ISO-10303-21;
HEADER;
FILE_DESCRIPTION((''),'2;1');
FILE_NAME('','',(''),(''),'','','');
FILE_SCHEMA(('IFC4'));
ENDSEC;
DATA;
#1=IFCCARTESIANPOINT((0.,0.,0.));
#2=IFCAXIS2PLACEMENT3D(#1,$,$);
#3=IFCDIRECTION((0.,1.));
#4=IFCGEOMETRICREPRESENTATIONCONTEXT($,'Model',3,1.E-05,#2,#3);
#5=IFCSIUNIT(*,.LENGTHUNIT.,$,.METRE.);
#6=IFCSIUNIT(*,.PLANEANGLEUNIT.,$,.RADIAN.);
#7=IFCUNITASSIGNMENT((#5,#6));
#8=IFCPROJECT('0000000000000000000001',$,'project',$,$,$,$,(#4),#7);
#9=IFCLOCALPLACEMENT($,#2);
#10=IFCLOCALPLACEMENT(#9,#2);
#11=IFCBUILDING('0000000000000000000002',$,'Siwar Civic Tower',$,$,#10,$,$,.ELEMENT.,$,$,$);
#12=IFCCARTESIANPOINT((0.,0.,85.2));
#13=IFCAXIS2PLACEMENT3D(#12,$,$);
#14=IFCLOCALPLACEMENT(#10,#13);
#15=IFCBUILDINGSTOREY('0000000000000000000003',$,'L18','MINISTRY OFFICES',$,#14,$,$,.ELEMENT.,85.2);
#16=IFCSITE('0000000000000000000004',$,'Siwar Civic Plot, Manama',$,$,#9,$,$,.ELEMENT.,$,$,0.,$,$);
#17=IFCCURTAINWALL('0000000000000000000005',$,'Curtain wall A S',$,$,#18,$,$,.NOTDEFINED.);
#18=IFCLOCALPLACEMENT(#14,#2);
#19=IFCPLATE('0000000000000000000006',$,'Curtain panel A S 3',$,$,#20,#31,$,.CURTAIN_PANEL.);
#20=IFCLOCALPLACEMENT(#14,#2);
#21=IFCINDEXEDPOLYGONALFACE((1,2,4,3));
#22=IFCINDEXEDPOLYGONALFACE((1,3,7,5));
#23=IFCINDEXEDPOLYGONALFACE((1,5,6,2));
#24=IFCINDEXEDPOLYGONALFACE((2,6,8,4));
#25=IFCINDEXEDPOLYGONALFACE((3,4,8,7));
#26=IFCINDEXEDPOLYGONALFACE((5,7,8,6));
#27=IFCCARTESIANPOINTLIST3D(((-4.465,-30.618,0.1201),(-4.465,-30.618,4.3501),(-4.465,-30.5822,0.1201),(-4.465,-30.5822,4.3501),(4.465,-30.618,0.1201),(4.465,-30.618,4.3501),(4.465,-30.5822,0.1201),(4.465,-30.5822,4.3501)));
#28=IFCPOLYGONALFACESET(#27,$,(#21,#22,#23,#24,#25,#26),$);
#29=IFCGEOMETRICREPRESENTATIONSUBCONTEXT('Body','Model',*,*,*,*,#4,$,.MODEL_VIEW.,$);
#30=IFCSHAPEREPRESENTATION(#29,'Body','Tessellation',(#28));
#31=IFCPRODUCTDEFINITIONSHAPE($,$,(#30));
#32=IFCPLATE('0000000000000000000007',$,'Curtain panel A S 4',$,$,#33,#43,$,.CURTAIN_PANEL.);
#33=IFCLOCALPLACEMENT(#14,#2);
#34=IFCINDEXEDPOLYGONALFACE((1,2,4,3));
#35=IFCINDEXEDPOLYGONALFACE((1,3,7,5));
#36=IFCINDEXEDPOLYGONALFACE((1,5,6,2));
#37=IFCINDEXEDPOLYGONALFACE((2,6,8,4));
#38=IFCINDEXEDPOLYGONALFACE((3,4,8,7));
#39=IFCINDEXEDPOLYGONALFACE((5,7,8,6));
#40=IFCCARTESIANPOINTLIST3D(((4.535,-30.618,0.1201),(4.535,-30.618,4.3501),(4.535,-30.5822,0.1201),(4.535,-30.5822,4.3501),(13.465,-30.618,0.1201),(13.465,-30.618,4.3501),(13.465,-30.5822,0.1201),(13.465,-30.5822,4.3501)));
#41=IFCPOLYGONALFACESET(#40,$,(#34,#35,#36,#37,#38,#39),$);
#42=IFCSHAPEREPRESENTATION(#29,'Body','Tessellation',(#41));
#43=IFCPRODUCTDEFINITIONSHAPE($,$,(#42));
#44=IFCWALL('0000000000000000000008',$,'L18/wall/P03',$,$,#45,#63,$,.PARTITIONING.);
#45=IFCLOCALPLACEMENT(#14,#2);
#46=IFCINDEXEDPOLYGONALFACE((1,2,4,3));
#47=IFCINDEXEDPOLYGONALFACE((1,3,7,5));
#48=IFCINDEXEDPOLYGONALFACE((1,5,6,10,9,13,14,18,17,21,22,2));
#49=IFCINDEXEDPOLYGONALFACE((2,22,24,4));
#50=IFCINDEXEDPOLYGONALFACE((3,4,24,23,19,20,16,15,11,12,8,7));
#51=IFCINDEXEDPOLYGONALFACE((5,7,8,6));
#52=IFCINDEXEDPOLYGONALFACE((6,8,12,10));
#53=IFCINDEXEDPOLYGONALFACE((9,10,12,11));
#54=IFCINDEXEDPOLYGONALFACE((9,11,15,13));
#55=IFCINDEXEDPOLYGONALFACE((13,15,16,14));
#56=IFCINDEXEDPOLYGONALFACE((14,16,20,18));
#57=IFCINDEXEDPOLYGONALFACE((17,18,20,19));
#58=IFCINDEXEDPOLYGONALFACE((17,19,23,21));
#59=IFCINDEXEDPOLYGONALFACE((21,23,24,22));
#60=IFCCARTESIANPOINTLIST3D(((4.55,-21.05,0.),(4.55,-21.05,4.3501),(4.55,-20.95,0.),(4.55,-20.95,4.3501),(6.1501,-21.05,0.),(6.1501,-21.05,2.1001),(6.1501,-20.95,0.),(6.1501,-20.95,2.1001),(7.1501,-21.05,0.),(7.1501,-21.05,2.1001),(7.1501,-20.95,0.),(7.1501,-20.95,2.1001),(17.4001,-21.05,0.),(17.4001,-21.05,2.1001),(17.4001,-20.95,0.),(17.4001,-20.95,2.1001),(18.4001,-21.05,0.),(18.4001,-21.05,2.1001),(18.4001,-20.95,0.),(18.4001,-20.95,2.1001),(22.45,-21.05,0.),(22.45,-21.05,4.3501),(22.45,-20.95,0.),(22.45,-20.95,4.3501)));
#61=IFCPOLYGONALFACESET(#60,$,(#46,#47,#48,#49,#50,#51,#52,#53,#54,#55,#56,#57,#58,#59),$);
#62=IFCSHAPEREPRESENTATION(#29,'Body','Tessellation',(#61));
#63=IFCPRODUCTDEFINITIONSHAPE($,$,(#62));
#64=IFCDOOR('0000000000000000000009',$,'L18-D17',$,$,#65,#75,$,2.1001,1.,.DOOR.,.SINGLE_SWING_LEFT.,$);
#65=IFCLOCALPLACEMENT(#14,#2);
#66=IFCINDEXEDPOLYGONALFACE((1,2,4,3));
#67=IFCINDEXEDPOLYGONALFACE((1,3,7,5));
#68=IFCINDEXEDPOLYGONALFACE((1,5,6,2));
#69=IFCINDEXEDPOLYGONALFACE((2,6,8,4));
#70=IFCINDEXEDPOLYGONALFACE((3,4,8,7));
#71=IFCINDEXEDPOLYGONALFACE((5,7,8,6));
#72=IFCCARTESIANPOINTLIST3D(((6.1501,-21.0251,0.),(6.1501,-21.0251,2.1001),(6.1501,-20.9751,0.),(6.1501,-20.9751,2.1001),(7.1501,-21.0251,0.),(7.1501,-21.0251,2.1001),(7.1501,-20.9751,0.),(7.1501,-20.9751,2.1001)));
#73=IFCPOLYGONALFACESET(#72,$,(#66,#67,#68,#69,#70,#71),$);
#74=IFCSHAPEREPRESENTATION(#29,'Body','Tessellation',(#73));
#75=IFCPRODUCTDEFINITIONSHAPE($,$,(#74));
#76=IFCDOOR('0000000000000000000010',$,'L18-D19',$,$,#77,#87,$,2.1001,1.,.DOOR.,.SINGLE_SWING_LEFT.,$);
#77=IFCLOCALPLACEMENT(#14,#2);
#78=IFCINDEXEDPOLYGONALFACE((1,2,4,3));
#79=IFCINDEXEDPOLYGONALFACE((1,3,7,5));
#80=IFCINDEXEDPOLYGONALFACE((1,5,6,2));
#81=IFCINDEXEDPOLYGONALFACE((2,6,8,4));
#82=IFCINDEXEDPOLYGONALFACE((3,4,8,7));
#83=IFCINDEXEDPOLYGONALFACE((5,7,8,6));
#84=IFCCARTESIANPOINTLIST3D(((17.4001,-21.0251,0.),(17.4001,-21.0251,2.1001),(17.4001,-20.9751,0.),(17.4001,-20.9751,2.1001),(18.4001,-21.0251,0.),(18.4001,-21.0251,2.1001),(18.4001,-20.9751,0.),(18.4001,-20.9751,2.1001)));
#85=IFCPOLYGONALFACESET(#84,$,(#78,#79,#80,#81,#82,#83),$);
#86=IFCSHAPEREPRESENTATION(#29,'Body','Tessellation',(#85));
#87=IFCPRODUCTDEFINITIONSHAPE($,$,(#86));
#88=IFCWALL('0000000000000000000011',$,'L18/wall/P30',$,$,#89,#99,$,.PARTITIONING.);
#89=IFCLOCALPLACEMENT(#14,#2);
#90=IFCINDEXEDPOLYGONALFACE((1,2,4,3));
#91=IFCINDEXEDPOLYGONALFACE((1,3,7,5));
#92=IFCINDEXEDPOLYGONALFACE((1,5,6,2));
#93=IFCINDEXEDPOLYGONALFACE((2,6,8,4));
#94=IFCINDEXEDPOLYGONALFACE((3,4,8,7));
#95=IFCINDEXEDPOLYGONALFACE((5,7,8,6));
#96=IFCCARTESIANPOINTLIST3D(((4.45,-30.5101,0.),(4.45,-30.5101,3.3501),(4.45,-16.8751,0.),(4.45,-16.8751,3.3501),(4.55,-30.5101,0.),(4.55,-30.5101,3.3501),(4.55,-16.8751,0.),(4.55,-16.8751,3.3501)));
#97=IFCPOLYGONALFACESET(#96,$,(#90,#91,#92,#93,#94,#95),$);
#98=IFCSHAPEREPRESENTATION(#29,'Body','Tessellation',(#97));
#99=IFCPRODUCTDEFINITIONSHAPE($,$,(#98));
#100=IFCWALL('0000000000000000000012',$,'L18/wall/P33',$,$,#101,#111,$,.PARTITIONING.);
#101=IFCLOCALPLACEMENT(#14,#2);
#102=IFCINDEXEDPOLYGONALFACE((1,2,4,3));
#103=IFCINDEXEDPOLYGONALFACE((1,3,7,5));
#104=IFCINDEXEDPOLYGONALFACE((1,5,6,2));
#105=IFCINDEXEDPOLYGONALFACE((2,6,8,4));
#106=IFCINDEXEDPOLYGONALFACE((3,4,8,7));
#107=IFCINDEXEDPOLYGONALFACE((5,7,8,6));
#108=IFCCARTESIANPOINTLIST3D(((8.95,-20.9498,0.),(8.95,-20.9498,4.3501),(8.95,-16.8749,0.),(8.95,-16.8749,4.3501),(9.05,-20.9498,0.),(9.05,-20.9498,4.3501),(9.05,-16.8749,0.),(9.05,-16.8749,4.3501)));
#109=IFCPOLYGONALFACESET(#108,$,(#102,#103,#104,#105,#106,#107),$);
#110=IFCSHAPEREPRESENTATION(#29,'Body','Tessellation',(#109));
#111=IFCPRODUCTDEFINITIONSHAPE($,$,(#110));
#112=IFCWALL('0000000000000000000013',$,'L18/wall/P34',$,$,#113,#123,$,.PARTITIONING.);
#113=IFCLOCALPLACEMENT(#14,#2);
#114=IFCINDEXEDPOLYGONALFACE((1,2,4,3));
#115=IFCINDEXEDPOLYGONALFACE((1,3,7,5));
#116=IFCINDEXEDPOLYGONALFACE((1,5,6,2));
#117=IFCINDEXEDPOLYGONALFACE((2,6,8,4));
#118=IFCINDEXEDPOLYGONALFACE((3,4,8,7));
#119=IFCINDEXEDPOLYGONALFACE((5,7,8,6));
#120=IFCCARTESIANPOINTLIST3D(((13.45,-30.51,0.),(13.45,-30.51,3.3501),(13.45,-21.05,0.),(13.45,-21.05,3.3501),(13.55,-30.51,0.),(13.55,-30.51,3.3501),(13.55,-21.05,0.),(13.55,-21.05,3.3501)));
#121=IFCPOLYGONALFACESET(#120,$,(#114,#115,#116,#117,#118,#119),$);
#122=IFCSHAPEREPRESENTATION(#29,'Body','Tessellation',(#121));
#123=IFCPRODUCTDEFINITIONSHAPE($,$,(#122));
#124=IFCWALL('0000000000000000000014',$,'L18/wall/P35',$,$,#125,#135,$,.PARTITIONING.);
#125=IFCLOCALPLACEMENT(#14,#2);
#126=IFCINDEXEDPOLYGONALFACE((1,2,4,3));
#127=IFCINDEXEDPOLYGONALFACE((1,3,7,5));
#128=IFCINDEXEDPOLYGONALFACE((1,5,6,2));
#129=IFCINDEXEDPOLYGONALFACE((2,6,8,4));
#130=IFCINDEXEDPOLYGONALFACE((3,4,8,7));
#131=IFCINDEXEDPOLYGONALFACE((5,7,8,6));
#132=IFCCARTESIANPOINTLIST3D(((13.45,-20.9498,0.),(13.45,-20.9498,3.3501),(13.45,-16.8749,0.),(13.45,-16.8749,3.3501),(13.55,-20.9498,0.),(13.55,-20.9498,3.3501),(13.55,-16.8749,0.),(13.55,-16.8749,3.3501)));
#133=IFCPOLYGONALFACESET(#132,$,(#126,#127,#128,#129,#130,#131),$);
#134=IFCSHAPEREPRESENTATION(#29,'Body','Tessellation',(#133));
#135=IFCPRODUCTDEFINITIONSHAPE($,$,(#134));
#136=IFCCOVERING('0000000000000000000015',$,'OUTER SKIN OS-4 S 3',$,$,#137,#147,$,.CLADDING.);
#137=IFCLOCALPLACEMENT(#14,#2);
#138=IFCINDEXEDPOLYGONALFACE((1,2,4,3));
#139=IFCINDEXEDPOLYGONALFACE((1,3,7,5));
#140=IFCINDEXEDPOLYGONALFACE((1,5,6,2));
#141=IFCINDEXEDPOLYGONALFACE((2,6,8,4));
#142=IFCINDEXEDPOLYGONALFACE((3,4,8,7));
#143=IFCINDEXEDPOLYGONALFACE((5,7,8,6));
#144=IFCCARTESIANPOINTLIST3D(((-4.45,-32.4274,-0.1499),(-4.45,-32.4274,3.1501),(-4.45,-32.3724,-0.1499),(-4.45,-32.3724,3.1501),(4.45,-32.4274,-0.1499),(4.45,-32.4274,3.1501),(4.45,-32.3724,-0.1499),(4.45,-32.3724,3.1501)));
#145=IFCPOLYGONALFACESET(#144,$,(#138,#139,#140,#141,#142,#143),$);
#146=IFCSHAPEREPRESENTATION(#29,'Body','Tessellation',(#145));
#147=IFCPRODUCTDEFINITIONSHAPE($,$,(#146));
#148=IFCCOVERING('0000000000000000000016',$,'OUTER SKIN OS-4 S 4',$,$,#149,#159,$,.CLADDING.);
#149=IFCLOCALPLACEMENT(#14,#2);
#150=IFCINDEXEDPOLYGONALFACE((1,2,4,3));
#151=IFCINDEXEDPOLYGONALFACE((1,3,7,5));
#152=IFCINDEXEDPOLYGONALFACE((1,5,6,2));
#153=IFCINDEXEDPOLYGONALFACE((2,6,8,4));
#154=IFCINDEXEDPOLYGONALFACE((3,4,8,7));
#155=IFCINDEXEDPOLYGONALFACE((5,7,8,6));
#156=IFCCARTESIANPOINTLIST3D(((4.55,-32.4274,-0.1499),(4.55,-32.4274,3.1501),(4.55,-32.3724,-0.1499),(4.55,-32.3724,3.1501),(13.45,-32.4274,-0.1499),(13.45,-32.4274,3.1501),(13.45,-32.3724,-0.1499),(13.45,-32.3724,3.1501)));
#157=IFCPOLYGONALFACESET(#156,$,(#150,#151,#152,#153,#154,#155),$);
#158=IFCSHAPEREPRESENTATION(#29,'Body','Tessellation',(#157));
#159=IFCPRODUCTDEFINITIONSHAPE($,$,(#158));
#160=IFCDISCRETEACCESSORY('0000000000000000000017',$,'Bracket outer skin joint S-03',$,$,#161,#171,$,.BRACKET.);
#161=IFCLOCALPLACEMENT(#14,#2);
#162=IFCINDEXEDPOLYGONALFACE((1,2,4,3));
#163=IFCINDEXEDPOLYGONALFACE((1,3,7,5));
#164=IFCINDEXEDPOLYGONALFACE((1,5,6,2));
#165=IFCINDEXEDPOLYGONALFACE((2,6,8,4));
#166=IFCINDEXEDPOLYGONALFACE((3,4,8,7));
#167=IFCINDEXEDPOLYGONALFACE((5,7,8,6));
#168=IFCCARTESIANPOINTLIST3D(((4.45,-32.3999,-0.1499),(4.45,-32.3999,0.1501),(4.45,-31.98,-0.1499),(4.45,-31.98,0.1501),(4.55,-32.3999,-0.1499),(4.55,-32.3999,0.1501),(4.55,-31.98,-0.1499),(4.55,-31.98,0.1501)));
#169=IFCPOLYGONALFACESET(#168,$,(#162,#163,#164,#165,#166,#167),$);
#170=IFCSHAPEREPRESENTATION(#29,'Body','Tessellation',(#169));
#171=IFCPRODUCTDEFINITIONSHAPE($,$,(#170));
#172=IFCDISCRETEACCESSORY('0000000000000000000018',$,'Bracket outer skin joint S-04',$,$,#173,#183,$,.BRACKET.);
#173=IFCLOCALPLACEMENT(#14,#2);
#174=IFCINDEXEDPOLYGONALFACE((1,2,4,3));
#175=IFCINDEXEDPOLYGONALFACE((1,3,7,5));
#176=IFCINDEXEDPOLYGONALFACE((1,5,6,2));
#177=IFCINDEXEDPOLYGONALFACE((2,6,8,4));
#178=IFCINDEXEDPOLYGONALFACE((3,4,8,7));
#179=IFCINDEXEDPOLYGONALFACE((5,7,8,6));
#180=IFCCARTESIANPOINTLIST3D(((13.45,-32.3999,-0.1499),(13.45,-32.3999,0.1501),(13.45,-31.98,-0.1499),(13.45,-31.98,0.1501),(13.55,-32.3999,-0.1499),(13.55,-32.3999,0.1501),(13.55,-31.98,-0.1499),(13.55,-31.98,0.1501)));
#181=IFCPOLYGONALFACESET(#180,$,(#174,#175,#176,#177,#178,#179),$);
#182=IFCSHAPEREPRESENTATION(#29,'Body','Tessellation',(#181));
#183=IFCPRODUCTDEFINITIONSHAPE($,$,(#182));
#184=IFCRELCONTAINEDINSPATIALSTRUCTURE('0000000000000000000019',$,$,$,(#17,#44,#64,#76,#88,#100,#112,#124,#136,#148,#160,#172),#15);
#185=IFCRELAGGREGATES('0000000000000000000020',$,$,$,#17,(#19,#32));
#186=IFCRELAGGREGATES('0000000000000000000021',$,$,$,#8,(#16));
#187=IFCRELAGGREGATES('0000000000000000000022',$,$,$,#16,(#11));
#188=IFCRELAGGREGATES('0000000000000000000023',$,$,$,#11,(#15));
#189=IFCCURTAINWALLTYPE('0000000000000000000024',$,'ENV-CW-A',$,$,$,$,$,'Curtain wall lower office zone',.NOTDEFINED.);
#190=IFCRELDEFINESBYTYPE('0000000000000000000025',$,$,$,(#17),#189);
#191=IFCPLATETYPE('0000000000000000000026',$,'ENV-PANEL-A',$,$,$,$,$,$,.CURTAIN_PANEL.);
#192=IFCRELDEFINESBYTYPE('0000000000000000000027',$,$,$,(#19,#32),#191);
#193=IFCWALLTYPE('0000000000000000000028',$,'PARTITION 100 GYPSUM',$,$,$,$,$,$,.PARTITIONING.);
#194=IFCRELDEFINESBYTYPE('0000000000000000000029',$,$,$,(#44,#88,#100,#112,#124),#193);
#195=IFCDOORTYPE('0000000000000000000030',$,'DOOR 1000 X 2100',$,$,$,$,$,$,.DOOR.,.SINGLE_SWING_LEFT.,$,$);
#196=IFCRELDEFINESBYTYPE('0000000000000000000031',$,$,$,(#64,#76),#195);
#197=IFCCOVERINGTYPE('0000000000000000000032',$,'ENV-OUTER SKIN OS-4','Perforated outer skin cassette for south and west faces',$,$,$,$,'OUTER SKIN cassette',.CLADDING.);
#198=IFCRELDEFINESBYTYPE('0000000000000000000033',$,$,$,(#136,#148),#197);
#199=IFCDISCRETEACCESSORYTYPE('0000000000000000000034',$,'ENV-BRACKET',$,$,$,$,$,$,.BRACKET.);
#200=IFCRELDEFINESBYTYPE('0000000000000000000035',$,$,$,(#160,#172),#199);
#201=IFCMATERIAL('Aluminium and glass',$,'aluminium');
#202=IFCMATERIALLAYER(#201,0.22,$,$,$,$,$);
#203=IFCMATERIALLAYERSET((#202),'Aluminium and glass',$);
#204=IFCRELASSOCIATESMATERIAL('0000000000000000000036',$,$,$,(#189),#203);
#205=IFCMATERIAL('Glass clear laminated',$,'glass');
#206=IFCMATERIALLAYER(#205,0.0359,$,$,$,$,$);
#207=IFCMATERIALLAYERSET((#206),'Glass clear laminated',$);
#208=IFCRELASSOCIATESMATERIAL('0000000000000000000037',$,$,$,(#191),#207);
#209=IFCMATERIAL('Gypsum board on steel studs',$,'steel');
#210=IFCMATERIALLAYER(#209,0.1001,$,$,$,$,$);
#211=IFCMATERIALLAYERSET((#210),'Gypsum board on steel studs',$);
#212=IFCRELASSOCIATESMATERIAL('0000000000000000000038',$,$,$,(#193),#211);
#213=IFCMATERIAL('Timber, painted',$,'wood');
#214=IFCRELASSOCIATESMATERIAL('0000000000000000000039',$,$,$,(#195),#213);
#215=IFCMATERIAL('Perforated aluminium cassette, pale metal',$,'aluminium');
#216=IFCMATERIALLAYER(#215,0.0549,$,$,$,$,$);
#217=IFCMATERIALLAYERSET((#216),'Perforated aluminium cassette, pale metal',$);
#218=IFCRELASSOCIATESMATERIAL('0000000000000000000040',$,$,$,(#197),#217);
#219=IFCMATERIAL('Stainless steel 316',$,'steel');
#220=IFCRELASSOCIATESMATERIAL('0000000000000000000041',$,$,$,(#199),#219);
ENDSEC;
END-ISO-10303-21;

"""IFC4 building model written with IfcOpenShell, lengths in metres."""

from ifc_helpers import new_model, si_unit, direction, frame, frame_2d, origin, origin_2d, place, context, subcontext, project, spatial, rectangle, extrude, material, layer, layer_set, type_object, element, fill, aggregate, save


model = new_model("IFC4")

# Units and contexts
model_context = context("Model", 3, precision=1e-05, world=origin(), true_north=direction((0.0, 1.0)))
body_context = subcontext(model_context, "Body", "Model", "MODEL_VIEW")
ifc_project = project(units=[si_unit("LENGTHUNIT", "METRE"), si_unit("PLANEANGLEUNIT", "RADIAN")], contexts=[model_context])

# Site, building, storey
site_placement = place(None, origin())
site = spatial("IfcSite", under=ifc_project, at=site_placement, Name="Siwar Civic Plot, Manama", CompositionType="ELEMENT", RefElevation=0.0)
building_placement = place(site_placement, origin())
building = spatial("IfcBuilding", under=site, at=building_placement, Name="Siwar Civic Tower", CompositionType="ELEMENT")
storey_placement = place(building_placement, frame((0.0, 0.0, 85.2)))
storey = spatial("IfcBuildingStorey", under=building, at=storey_placement, Name="L18", Description="MINISTRY OFFICES", CompositionType="ELEMENT", Elevation=85.2)

# Curtain wall
ifc_material_1 = material(Name="Aluminium and glass", Category="aluminium")
ifc_layer_1 = layer(ifc_material_1, 0.22)
ifc_layer_set_1 = layer_set([ifc_layer_1], Name="Aluminium and glass")
curtain_wall_type = type_object("IfcCurtainWallType", Name="ENV-CW-A", ElementType="Curtain wall lower office zone", PredefinedType="NOTDEFINED", material=ifc_layer_set_1)
curtain_wall_placement = place(storey_placement, origin())
curtain_wall = element("IfcCurtainWall", 1, at=curtain_wall_placement, inside=storey, type_object=curtain_wall_type, Name="Curtain wall A S", PredefinedType="NOTDEFINED")

# Plates
ifc_material_2 = material(Name="Glass clear laminated", Category="glass")
ifc_layer_2 = layer(ifc_material_2, 0.0359)
ifc_layer_set_2 = layer_set([ifc_layer_2], Name="Glass clear laminated")
plate_type = type_object("IfcPlateType", Name="ENV-PANEL-A", PredefinedType="CURTAIN_PANEL", material=ifc_layer_set_2)
plate_1_placement = place(storey_placement, frame((0.0, -30.6001, 0.1201), z_axis=(0.0, 0.0, 1.0), x_axis=(1.0, 0.0, 0.0)))
plate_1 = element("IfcPlate", 2, at=plate_1_placement, type_object=plate_type, Name="Curtain panel A S 3", PredefinedType="CURTAIN_PANEL", context=body_context, shape_type="SweptSolid", body=[
    extrude(rectangle(XDim=8.9299, YDim=0.0359, at=origin_2d()), origin(), (0.0, 0.0, 1.0), 4.23),
])
plate_2_placement = place(storey_placement, frame((9.0, -30.6001, 0.1201), z_axis=(0.0, 0.0, 1.0), x_axis=(1.0, 0.0, 0.0)))
plate_2 = element("IfcPlate", 3, at=plate_2_placement, type_object=plate_type, Name="Curtain panel A S 4", PredefinedType="CURTAIN_PANEL", context=body_context, shape_type="SweptSolid", body=[
    extrude(rectangle(XDim=8.9299, YDim=0.0359, at=origin_2d()), origin(), (0.0, 0.0, 1.0), 4.23),
])
aggregate(curtain_wall, [plate_1, plate_2])

# Wall, openings, doors
ifc_material_3 = material(Name="Gypsum board on steel studs", Category="steel")
ifc_layer_3 = layer(ifc_material_3, 0.1001)
ifc_layer_set_3 = layer_set([ifc_layer_3], Name="Gypsum board on steel studs")
wall_type = type_object("IfcWallType", Name="PARTITION 100 GYPSUM", PredefinedType="PARTITIONING", material=ifc_layer_set_3)
wall_1_placement = place(storey_placement, frame((4.55, -21.0, 0.0), z_axis=(0.0, 0.0, 1.0), x_axis=(1.0, 0.0, 0.0)))
wall_1 = element("IfcWall", 4, at=wall_1_placement, inside=storey, type_object=wall_type, Name="L18/wall/P03", PredefinedType="PARTITIONING", context=body_context, shape_type="SweptSolid", body=[
    extrude(rectangle(XDim=17.8999, YDim=0.1001, at=frame_2d((8.95, 0.0))), origin(), (0.0, 0.0, 1.0), 4.3501),
])
opening_1_placement = place(wall_1_placement, frame((1.6001, 0.0, 0.0)))
opening_1 = element("IfcOpeningElement", 5, at=opening_1_placement, cuts=wall_1, PredefinedType="OPENING", context=body_context, shape_type="SweptSolid", body=[
    extrude(rectangle(XDim=1.0, YDim=2.1001, at=frame_2d((0.5, 1.05))), frame((0.0, 0.0601, 0.0), z_axis=(0.0, -1.0, 0.0), x_axis=(1.0, 0.0, 0.0)), (0.0, 0.0, 1.0), 0.1201),
])
opening_2_placement = place(wall_1_placement, frame((12.8501, 0.0, 0.0)))
opening_2 = element("IfcOpeningElement", 6, at=opening_2_placement, cuts=wall_1, PredefinedType="OPENING", context=body_context, shape_type="SweptSolid", body=[
    extrude(rectangle(XDim=1.0, YDim=2.1001, at=frame_2d((0.5, 1.05))), frame((0.0, 0.0601, 0.0), z_axis=(0.0, -1.0, 0.0), x_axis=(1.0, 0.0, 0.0)), (0.0, 0.0, 1.0), 0.1201),
])
ifc_material_4 = material(Name="Timber, painted", Category="wood")
door_type = type_object("IfcDoorType", Name="DOOR 1000 X 2100", OperationType="SINGLE_SWING_LEFT", PredefinedType="DOOR", material=ifc_material_4)
door_1_placement = place(opening_1_placement, origin())
door_1 = element("IfcDoor", 7, at=door_1_placement, inside=storey, type_object=door_type, Name="L18-D17", OperationType="SINGLE_SWING_LEFT", OverallHeight=2.1001, OverallWidth=1.0, PredefinedType="DOOR", context=body_context, shape_type="SweptSolid", body=[
    extrude(rectangle(XDim=1.0, YDim=2.1001, at=frame_2d((0.5, 1.05))), frame((0.0, 0.0249, 0.0), z_axis=(0.0, -1.0, 0.0), x_axis=(1.0, 0.0, 0.0)), (0.0, 0.0, 1.0), 0.05),
])
fill(opening_1, door_1)
door_2_placement = place(opening_2_placement, origin())
door_2 = element("IfcDoor", 8, at=door_2_placement, inside=storey, type_object=door_type, Name="L18-D19", OperationType="SINGLE_SWING_LEFT", OverallHeight=2.1001, OverallWidth=1.0, PredefinedType="DOOR", context=body_context, shape_type="SweptSolid", body=[
    extrude(rectangle(XDim=1.0, YDim=2.1001, at=frame_2d((0.5, 1.05))), frame((0.0, 0.0249, 0.0), z_axis=(0.0, -1.0, 0.0), x_axis=(1.0, 0.0, 0.0)), (0.0, 0.0, 1.0), 0.05),
])
fill(opening_2, door_2)

# Walls
wall_2_placement = place(storey_placement, frame((4.5, -30.51, 0.0), z_axis=(0.0, 0.0, 1.0), x_axis=(0.0, 1.0, 0.0)))
element("IfcWall", 9, at=wall_2_placement, inside=storey, type_object=wall_type, Name="L18/wall/P30", PredefinedType="PARTITIONING", context=body_context, shape_type="SweptSolid", body=[
    extrude(rectangle(XDim=13.635, YDim=0.1001, at=frame_2d((6.8174, 0.0))), origin(), (0.0, 0.0, 1.0), 3.3501),
])
wall_3_placement = place(storey_placement, frame((9.0, -20.95, 0.0), z_axis=(0.0, 0.0, 1.0), x_axis=(0.0, 1.0, 0.0)))
element("IfcWall", 10, at=wall_3_placement, inside=storey, type_object=wall_type, Name="L18/wall/P33", PredefinedType="PARTITIONING", context=body_context, shape_type="SweptSolid", body=[
    extrude(rectangle(XDim=4.075, YDim=0.1001, at=frame_2d((2.0376, 0.0))), origin(), (0.0, 0.0, 1.0), 4.3501),
])
wall_4_placement = place(storey_placement, frame((13.5, -30.51, 0.0), z_axis=(0.0, 0.0, 1.0), x_axis=(0.0, 1.0, 0.0)))
element("IfcWall", 11, at=wall_4_placement, inside=storey, type_object=wall_type, Name="L18/wall/P34", PredefinedType="PARTITIONING", context=body_context, shape_type="SweptSolid", body=[
    extrude(rectangle(XDim=9.46, YDim=0.1001, at=frame_2d((4.73, 0.0))), origin(), (0.0, 0.0, 1.0), 3.3501),
])
wall_5_placement = place(storey_placement, frame((13.5, -20.95, 0.0), z_axis=(0.0, 0.0, 1.0), x_axis=(0.0, 1.0, 0.0)))
element("IfcWall", 12, at=wall_5_placement, inside=storey, type_object=wall_type, Name="L18/wall/P35", PredefinedType="PARTITIONING", context=body_context, shape_type="SweptSolid", body=[
    extrude(rectangle(XDim=4.075, YDim=0.1001, at=frame_2d((2.0376, 0.0))), origin(), (0.0, 0.0, 1.0), 3.3501),
])

# Coverings
ifc_material_5 = material(Name="Perforated aluminium cassette, pale metal", Category="aluminium")
ifc_layer_4 = layer(ifc_material_5, 0.0549)
ifc_layer_set_4 = layer_set([ifc_layer_4], Name="Perforated aluminium cassette, pale metal")
covering_type = type_object("IfcCoveringType", Name="ENV-OUTER SKIN OS-4", Description="Perforated outer skin cassette for south and west faces", ElementType="OUTER SKIN cassette", PredefinedType="CLADDING", material=ifc_layer_set_4)
for number, where, z_axis, x_axis, name in (
    (13, (0.0, -32.3999, -0.1499), (0.0, 0.0, 1.0), (1.0, 0.0, 0.0), "OUTER SKIN OS-4 S 3"),
    (14, (9.0, -32.3999, -0.1499), (0.0, 0.0, 1.0), (1.0, 0.0, 0.0), "OUTER SKIN OS-4 S 4"),
):
    element("IfcCovering", number, at=place(storey_placement, frame(where, z_axis=z_axis, x_axis=x_axis)), inside=storey, type_object=covering_type, Name=name, PredefinedType="CLADDING", context=body_context, shape_type="SweptSolid", body=[
        extrude(rectangle(XDim=8.8999, YDim=0.0549, at=origin_2d()), origin(), (0.0, 0.0, 1.0), 3.3),
    ])

# Discrete accessories
ifc_material_6 = material(Name="Stainless steel 316", Category="steel")
discrete_accessory_type = type_object("IfcDiscreteAccessoryType", Name="ENV-BRACKET", PredefinedType="BRACKET", material=ifc_material_6)
for number, where, z_axis, x_axis, name in (
    (15, (4.5, -32.1899, -0.1499), (0.0, 0.0, 1.0), (0.0, -1.0, 0.0), "Bracket outer skin joint S-03"),
    (16, (13.5, -32.1899, -0.1499), (0.0, 0.0, 1.0), (0.0, -1.0, 0.0), "Bracket outer skin joint S-04"),
):
    element("IfcDiscreteAccessory", number, at=place(storey_placement, frame(where, z_axis=z_axis, x_axis=x_axis)), inside=storey, type_object=discrete_accessory_type, Name=name, PredefinedType="BRACKET", context=body_context, shape_type="SweptSolid", body=[
        extrude(rectangle(XDim=0.4199, YDim=0.1001, at=origin_2d()), origin(), (0.0, 0.0, 1.0), 0.3),
    ])

save(model, "model.ifc")
